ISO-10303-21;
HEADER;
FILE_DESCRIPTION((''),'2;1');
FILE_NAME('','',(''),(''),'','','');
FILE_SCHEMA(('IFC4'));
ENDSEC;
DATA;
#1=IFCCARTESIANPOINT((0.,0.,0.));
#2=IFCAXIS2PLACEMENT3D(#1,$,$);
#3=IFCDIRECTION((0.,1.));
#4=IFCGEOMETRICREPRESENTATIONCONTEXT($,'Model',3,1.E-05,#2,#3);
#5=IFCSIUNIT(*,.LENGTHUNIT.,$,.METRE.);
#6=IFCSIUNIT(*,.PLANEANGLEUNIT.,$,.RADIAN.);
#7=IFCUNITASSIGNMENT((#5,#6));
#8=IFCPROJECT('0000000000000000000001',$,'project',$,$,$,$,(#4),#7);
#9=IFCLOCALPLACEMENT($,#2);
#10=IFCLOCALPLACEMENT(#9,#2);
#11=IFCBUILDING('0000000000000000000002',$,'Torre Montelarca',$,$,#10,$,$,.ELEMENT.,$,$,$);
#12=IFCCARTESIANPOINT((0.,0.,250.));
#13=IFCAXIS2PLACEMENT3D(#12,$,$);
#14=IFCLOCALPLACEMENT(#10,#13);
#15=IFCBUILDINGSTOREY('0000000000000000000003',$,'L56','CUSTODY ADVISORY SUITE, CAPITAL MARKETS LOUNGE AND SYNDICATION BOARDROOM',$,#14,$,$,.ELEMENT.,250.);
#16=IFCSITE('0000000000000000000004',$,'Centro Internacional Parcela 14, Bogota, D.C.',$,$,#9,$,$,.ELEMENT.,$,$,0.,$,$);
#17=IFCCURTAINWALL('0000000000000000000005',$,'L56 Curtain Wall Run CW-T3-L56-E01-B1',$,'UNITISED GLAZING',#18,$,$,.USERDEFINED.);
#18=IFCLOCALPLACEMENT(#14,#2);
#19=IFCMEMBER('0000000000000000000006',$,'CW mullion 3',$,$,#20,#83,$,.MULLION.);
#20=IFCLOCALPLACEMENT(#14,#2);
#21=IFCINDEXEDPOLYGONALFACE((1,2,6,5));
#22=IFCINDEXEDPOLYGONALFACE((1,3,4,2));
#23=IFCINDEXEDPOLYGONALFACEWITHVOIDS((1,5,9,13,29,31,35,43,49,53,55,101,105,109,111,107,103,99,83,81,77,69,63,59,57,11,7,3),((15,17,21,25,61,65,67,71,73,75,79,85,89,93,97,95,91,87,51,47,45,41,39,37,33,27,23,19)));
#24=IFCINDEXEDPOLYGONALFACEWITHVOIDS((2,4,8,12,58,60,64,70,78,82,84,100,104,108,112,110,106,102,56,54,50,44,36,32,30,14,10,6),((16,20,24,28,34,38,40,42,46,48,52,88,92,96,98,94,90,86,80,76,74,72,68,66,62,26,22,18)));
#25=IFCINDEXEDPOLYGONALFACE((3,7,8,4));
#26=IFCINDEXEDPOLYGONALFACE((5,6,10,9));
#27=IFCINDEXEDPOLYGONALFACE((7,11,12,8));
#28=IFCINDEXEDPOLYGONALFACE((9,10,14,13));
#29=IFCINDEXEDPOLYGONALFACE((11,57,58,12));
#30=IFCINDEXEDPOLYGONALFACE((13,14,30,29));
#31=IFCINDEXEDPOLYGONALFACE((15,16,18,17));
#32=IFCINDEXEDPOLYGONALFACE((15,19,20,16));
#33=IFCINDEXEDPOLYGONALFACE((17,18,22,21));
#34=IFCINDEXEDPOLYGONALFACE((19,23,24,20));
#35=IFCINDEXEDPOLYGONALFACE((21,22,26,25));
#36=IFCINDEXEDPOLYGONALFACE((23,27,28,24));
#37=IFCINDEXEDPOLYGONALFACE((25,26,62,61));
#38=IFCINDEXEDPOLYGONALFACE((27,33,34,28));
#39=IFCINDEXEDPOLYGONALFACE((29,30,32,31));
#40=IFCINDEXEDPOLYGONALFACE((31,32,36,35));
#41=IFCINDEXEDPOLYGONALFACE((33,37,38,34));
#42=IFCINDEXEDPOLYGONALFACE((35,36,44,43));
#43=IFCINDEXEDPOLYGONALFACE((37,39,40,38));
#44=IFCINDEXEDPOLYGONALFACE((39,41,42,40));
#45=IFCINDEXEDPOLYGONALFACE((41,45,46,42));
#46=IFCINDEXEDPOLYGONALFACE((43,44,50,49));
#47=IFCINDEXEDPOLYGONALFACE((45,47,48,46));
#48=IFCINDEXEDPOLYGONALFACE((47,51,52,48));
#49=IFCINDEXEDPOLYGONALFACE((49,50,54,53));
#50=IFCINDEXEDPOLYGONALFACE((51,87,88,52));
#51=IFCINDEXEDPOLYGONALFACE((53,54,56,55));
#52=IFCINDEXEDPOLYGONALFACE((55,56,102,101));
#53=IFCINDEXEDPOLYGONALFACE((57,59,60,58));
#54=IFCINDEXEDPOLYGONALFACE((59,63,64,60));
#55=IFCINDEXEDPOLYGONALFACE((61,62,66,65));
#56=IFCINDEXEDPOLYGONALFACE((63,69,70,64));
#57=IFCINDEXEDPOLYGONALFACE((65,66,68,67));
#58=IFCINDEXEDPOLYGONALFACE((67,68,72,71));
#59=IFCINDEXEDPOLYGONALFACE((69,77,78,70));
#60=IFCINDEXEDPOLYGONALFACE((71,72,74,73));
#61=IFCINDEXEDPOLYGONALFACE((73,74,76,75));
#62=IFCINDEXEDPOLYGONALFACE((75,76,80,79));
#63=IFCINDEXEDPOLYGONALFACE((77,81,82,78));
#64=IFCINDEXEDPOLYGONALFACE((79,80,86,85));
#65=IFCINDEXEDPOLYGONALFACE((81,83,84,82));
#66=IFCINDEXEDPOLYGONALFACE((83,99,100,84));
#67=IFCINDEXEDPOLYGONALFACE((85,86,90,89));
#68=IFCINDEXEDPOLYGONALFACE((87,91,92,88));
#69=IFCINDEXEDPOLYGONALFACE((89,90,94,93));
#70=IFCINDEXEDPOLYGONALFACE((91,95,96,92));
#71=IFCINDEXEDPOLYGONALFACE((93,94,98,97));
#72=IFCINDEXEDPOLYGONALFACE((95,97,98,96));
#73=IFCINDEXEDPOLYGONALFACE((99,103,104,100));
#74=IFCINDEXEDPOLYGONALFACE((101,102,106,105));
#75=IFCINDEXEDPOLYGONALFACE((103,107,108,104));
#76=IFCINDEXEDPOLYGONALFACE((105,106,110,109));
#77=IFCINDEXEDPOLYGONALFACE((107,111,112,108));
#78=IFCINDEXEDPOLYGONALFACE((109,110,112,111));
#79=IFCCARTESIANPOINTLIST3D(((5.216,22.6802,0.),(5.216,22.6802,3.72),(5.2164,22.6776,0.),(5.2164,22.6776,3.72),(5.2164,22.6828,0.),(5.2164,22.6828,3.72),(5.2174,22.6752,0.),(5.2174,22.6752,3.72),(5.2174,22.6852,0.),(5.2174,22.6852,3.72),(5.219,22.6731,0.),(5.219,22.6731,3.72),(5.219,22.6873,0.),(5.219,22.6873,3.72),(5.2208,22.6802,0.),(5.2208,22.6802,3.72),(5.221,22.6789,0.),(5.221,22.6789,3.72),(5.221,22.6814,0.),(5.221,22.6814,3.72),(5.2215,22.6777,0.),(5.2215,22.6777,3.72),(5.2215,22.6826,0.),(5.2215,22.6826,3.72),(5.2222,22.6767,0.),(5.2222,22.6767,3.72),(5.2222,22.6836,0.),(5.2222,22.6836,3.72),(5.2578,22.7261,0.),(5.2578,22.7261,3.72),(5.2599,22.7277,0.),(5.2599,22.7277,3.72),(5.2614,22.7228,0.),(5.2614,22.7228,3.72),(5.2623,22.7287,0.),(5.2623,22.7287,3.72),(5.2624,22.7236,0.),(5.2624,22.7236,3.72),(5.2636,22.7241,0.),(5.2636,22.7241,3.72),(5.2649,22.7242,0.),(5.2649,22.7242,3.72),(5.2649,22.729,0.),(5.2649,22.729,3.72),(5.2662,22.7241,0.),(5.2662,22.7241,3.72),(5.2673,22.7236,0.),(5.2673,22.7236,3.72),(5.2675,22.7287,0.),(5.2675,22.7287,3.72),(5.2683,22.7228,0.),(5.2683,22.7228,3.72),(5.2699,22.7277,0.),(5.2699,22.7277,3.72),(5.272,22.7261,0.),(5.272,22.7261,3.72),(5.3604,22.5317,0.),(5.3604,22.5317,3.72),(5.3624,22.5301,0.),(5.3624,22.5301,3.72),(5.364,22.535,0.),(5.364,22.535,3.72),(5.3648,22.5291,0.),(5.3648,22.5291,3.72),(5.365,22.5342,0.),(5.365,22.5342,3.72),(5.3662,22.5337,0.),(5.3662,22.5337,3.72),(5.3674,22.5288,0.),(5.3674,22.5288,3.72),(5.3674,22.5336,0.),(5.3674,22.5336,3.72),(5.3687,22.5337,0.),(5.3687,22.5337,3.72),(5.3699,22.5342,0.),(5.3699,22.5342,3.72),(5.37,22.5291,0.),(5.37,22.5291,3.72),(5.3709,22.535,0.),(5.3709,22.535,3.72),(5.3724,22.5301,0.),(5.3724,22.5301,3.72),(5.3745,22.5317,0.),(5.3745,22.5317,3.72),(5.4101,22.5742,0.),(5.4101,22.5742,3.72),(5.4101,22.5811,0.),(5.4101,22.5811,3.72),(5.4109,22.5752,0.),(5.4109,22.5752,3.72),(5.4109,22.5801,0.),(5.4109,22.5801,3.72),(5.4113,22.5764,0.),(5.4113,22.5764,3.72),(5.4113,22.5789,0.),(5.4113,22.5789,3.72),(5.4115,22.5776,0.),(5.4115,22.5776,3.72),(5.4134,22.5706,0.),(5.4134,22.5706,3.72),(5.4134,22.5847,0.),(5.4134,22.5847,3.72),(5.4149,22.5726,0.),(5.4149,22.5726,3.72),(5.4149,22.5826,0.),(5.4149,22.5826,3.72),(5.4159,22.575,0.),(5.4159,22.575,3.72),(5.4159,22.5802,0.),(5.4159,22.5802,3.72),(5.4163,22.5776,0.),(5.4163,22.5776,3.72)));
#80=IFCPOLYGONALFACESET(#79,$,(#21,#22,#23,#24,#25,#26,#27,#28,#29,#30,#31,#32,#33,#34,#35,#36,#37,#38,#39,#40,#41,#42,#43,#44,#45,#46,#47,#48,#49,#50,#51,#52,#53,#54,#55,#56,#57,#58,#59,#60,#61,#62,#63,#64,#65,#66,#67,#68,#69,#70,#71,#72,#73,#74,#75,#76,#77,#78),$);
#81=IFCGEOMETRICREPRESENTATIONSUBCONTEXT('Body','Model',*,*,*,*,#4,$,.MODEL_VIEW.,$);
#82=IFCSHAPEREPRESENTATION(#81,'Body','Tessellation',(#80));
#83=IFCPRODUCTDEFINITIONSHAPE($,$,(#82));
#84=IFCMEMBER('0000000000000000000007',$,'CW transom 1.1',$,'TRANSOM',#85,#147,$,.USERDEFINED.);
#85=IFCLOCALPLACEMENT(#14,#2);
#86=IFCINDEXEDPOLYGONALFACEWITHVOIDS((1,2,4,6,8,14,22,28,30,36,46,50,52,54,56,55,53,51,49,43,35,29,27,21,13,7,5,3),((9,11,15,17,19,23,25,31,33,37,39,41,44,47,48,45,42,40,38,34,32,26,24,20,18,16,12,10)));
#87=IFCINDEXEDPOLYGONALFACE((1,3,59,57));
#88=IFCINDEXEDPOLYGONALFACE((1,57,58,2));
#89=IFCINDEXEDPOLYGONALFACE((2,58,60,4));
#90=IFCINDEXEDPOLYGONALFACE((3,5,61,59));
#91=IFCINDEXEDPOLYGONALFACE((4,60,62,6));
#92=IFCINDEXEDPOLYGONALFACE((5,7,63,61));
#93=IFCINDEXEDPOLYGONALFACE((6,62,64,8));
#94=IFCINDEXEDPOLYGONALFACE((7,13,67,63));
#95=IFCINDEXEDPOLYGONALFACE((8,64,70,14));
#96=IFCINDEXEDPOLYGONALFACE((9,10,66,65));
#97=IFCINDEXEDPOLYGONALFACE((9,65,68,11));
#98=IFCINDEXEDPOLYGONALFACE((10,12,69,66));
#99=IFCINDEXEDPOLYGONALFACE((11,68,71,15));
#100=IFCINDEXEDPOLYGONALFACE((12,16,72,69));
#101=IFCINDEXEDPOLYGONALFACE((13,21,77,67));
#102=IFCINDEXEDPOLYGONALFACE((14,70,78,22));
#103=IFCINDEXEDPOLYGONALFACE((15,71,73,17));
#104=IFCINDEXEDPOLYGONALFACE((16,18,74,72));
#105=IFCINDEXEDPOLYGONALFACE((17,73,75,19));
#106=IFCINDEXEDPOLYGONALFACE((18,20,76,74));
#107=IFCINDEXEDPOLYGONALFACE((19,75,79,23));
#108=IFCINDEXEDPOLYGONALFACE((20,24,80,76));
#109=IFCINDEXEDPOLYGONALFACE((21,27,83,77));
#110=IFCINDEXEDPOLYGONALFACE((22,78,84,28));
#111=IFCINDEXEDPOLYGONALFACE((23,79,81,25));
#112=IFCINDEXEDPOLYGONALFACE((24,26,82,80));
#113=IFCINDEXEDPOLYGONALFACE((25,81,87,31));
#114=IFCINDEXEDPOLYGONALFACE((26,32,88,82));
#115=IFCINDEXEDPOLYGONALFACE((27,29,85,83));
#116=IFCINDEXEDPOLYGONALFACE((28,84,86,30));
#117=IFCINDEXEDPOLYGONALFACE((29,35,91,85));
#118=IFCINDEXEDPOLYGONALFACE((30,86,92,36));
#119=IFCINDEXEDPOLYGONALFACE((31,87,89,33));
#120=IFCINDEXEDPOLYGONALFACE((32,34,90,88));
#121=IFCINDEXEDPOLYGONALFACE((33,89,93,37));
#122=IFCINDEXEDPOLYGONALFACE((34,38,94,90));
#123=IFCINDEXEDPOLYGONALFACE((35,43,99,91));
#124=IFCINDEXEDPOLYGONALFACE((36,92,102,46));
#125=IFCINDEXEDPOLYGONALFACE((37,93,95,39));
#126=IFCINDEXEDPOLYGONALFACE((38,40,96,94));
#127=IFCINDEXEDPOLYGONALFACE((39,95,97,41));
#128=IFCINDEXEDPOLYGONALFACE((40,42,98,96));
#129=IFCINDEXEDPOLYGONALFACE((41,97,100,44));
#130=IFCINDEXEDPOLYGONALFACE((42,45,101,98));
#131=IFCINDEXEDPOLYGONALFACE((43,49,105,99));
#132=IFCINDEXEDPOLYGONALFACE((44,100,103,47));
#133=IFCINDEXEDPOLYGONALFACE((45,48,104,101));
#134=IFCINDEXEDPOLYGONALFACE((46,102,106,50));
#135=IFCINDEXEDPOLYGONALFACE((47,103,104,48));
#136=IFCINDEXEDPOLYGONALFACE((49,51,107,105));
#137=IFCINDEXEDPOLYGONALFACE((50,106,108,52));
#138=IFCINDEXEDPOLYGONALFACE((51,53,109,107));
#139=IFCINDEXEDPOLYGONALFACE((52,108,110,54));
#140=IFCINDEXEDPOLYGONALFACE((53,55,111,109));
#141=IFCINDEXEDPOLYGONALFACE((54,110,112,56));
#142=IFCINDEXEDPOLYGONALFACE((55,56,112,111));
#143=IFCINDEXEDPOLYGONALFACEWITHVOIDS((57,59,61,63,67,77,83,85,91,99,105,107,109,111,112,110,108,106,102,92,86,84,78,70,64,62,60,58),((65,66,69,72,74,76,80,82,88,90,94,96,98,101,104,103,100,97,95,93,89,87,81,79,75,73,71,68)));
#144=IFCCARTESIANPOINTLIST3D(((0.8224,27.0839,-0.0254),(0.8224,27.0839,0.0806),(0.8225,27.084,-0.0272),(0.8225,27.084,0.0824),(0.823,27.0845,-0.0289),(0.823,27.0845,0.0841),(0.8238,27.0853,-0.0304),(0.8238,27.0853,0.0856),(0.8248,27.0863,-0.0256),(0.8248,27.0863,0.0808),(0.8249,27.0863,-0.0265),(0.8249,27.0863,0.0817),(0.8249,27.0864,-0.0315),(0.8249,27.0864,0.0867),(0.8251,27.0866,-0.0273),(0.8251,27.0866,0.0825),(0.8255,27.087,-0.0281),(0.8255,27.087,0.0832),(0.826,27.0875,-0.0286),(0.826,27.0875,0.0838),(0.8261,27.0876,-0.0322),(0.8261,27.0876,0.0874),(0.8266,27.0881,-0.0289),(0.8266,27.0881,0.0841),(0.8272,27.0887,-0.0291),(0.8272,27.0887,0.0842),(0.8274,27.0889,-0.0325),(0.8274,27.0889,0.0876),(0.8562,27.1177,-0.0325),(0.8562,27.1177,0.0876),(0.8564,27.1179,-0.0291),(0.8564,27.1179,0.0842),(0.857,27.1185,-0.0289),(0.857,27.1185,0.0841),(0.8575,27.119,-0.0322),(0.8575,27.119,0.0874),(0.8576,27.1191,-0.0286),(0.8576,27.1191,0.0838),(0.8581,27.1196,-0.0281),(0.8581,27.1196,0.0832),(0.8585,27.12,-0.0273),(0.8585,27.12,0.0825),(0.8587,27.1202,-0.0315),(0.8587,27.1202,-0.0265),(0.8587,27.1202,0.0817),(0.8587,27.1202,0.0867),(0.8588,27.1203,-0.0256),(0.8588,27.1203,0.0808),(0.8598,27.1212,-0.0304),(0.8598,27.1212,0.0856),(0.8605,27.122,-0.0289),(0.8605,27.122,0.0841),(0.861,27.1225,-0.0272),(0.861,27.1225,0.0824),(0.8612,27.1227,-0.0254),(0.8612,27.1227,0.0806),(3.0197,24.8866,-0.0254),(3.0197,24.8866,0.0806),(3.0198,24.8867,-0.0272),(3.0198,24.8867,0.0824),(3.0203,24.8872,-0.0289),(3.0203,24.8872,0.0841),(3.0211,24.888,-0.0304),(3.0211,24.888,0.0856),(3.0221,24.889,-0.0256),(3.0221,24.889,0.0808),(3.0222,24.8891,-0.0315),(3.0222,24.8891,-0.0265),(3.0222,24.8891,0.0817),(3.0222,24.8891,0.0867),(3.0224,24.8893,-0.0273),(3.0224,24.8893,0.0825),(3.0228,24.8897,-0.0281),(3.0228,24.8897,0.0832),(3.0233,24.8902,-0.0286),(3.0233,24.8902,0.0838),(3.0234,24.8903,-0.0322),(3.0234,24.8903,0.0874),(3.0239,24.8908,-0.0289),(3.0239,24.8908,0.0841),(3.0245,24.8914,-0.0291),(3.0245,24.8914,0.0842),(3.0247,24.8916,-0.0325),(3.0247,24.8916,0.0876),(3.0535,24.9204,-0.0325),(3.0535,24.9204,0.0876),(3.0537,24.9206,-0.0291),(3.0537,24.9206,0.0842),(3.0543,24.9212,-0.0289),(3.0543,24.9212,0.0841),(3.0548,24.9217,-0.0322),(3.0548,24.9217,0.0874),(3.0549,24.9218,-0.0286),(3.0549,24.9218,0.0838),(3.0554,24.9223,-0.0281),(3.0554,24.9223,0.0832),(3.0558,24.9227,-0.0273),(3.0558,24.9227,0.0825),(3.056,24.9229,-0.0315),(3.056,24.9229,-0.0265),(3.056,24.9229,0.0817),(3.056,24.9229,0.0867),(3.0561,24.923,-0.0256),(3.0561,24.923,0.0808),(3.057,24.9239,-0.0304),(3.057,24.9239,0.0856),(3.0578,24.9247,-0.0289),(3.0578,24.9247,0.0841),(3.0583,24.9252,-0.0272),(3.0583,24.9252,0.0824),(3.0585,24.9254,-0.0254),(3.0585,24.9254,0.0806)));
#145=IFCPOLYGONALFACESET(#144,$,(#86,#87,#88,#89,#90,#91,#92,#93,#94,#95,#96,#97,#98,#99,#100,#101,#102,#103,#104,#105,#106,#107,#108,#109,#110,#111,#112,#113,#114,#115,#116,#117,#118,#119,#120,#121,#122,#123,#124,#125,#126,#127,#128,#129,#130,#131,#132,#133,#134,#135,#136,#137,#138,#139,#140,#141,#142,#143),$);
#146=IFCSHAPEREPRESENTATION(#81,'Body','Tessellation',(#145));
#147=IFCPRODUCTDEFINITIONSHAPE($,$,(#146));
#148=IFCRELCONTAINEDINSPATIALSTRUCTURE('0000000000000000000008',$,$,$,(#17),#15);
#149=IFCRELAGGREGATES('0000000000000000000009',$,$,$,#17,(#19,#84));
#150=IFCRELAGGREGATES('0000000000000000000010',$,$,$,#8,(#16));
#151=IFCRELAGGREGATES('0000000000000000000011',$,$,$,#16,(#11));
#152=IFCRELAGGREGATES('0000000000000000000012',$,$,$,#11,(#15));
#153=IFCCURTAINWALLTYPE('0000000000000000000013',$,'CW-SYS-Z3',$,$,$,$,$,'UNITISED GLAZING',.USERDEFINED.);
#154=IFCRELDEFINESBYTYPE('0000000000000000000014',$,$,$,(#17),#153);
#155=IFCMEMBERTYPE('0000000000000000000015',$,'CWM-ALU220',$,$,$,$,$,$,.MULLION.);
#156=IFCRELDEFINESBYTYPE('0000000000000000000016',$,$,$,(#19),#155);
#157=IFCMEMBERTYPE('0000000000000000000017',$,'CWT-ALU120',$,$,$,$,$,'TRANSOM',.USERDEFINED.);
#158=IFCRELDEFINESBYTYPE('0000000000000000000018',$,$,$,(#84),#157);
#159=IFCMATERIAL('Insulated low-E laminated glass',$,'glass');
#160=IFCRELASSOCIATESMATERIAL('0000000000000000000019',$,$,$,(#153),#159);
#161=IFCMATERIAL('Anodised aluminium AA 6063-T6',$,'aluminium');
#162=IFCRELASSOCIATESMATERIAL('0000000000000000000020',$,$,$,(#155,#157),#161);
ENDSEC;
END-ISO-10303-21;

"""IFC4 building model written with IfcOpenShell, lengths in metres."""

from ifc_helpers import new_model, si_unit, direction, frame, origin, origin_2d, place, context, subcontext, project, spatial, hollow_rectangle, extrude, source, transform, mapped, material, material_profile, profile_set, type_object, element, aggregate, save


model = new_model("IFC4")

# Units and contexts
model_context = context("Model", 3, precision=1e-05, world=origin(), true_north=direction((0.0, 1.0)))
body_context = subcontext(model_context, "Body", "Model", "MODEL_VIEW")
ifc_project = project(units=[si_unit("LENGTHUNIT", "METRE"), si_unit("PLANEANGLEUNIT", "RADIAN")], contexts=[model_context])

# Site, building, storey
site_placement = place(None, origin())
site = spatial("IfcSite", under=ifc_project, at=site_placement, Name="Centro Internacional Parcela 14, Bogota, D.C.", CompositionType="ELEMENT", RefElevation=0.0)
building_placement = place(site_placement, origin())
building = spatial("IfcBuilding", under=site, at=building_placement, Name="Torre Montelarca", CompositionType="ELEMENT")
storey_placement = place(building_placement, frame((0.0, 0.0, 250.0)))
storey = spatial("IfcBuildingStorey", under=building, at=storey_placement, Name="L56", Description="CUSTODY ADVISORY SUITE, CAPITAL MARKETS LOUNGE AND SYNDICATION BOARDROOM", CompositionType="ELEMENT", Elevation=250.0)

# Curtain wall, members
ifc_material_1 = material(Name="Insulated low-E laminated glass", Category="glass")
curtain_wall_type = type_object("IfcCurtainWallType", Name="CW-SYS-Z3", ElementType="UNITISED GLAZING", PredefinedType="USERDEFINED", material=ifc_material_1)
curtain_wall_placement = place(storey_placement, origin())
curtain_wall = element("IfcCurtainWall", 1, at=curtain_wall_placement, inside=storey, type_object=curtain_wall_type, Name="L56 Curtain Wall Run CW-T3-L56-E01-B1", ObjectType="UNITISED GLAZING", PredefinedType="USERDEFINED")
ifc_material_2 = material(Name="Anodised aluminium AA 6063-T6", Category="aluminium")
ifc_material_profile_1 = material_profile(ifc_material_2, hollow_rectangle(XDim=0.075, YDim=0.22, WallThickness=0.0049, InnerFilletRadius=0.0049, OuterFilletRadius=0.01, at=origin_2d()), Name="ALU75X220X5", Category="aluminium")
ifc_profile_set_1 = profile_set([ifc_material_profile_1], Name="Anodised aluminium AA 6063-T6")
member_type_1 = type_object("IfcMemberType", Name="CWM-ALU220", PredefinedType="MULLION", material=ifc_profile_set_1)
shared_shape_1 = source(origin(), body_context, "Body", "SweptSolid", [
    extrude(hollow_rectangle(XDim=0.075, YDim=0.22, WallThickness=0.0049, InnerFilletRadius=0.0049, OuterFilletRadius=0.01, at=origin_2d()), origin(), (0.0, 0.0, 1.0), 3.72),
])
member_1_placement = place(storey_placement, frame((5.3162, 22.6289, 0.0), z_axis=(0.0, 0.0, 1.0), x_axis=(0.707107, 0.707107, 0.0)))
member_1 = element("IfcMember", 2, at=member_1_placement, type_object=member_type_1, Name="CW mullion 3", PredefinedType="MULLION", context=body_context, shape_type="MappedRepresentation", body=[
    mapped(shared_shape_1, transform((0.0, 0.0, 0.0), scale=1.0)),
])
ifc_material_profile_2 = material_profile(ifc_material_2, hollow_rectangle(XDim=0.0549, YDim=0.1201, WallThickness=0.0034, InnerFilletRadius=0.0034, OuterFilletRadius=0.0071, at=origin_2d()), Name="ALU55X120X3.5", Category="aluminium")
ifc_profile_set_2 = profile_set([ifc_material_profile_2], Name="Anodised aluminium AA 6063-T6")
member_type_2 = type_object("IfcMemberType", Name="CWT-ALU120", ElementType="TRANSOM", PredefinedType="USERDEFINED", material=ifc_profile_set_2)
shared_shape_2 = source(origin(), body_context, "Body", "SweptSolid", [
    extrude(hollow_rectangle(XDim=0.0549, YDim=0.1201, WallThickness=0.0034, InnerFilletRadius=0.0034, OuterFilletRadius=0.0071, at=origin_2d()), origin(), (0.0, 0.0, 1.0), 3.1074),
])
member_2_placement = place(storey_placement, frame((0.8418, 27.1033, 0.0276), z_axis=(0.707107, -0.707107, 0.0), x_axis=(0.707107, 0.707107, 0.0)))
member_2 = element("IfcMember", 3, at=member_2_placement, type_object=member_type_2, Name="CW transom 1.1", ObjectType="TRANSOM", PredefinedType="USERDEFINED", context=body_context, shape_type="MappedRepresentation", body=[
    mapped(shared_shape_2, transform((0.0, 0.0, 0.0), scale=1.0)),
])
aggregate(curtain_wall, [member_1, member_2])

save(model, "model.ifc")
